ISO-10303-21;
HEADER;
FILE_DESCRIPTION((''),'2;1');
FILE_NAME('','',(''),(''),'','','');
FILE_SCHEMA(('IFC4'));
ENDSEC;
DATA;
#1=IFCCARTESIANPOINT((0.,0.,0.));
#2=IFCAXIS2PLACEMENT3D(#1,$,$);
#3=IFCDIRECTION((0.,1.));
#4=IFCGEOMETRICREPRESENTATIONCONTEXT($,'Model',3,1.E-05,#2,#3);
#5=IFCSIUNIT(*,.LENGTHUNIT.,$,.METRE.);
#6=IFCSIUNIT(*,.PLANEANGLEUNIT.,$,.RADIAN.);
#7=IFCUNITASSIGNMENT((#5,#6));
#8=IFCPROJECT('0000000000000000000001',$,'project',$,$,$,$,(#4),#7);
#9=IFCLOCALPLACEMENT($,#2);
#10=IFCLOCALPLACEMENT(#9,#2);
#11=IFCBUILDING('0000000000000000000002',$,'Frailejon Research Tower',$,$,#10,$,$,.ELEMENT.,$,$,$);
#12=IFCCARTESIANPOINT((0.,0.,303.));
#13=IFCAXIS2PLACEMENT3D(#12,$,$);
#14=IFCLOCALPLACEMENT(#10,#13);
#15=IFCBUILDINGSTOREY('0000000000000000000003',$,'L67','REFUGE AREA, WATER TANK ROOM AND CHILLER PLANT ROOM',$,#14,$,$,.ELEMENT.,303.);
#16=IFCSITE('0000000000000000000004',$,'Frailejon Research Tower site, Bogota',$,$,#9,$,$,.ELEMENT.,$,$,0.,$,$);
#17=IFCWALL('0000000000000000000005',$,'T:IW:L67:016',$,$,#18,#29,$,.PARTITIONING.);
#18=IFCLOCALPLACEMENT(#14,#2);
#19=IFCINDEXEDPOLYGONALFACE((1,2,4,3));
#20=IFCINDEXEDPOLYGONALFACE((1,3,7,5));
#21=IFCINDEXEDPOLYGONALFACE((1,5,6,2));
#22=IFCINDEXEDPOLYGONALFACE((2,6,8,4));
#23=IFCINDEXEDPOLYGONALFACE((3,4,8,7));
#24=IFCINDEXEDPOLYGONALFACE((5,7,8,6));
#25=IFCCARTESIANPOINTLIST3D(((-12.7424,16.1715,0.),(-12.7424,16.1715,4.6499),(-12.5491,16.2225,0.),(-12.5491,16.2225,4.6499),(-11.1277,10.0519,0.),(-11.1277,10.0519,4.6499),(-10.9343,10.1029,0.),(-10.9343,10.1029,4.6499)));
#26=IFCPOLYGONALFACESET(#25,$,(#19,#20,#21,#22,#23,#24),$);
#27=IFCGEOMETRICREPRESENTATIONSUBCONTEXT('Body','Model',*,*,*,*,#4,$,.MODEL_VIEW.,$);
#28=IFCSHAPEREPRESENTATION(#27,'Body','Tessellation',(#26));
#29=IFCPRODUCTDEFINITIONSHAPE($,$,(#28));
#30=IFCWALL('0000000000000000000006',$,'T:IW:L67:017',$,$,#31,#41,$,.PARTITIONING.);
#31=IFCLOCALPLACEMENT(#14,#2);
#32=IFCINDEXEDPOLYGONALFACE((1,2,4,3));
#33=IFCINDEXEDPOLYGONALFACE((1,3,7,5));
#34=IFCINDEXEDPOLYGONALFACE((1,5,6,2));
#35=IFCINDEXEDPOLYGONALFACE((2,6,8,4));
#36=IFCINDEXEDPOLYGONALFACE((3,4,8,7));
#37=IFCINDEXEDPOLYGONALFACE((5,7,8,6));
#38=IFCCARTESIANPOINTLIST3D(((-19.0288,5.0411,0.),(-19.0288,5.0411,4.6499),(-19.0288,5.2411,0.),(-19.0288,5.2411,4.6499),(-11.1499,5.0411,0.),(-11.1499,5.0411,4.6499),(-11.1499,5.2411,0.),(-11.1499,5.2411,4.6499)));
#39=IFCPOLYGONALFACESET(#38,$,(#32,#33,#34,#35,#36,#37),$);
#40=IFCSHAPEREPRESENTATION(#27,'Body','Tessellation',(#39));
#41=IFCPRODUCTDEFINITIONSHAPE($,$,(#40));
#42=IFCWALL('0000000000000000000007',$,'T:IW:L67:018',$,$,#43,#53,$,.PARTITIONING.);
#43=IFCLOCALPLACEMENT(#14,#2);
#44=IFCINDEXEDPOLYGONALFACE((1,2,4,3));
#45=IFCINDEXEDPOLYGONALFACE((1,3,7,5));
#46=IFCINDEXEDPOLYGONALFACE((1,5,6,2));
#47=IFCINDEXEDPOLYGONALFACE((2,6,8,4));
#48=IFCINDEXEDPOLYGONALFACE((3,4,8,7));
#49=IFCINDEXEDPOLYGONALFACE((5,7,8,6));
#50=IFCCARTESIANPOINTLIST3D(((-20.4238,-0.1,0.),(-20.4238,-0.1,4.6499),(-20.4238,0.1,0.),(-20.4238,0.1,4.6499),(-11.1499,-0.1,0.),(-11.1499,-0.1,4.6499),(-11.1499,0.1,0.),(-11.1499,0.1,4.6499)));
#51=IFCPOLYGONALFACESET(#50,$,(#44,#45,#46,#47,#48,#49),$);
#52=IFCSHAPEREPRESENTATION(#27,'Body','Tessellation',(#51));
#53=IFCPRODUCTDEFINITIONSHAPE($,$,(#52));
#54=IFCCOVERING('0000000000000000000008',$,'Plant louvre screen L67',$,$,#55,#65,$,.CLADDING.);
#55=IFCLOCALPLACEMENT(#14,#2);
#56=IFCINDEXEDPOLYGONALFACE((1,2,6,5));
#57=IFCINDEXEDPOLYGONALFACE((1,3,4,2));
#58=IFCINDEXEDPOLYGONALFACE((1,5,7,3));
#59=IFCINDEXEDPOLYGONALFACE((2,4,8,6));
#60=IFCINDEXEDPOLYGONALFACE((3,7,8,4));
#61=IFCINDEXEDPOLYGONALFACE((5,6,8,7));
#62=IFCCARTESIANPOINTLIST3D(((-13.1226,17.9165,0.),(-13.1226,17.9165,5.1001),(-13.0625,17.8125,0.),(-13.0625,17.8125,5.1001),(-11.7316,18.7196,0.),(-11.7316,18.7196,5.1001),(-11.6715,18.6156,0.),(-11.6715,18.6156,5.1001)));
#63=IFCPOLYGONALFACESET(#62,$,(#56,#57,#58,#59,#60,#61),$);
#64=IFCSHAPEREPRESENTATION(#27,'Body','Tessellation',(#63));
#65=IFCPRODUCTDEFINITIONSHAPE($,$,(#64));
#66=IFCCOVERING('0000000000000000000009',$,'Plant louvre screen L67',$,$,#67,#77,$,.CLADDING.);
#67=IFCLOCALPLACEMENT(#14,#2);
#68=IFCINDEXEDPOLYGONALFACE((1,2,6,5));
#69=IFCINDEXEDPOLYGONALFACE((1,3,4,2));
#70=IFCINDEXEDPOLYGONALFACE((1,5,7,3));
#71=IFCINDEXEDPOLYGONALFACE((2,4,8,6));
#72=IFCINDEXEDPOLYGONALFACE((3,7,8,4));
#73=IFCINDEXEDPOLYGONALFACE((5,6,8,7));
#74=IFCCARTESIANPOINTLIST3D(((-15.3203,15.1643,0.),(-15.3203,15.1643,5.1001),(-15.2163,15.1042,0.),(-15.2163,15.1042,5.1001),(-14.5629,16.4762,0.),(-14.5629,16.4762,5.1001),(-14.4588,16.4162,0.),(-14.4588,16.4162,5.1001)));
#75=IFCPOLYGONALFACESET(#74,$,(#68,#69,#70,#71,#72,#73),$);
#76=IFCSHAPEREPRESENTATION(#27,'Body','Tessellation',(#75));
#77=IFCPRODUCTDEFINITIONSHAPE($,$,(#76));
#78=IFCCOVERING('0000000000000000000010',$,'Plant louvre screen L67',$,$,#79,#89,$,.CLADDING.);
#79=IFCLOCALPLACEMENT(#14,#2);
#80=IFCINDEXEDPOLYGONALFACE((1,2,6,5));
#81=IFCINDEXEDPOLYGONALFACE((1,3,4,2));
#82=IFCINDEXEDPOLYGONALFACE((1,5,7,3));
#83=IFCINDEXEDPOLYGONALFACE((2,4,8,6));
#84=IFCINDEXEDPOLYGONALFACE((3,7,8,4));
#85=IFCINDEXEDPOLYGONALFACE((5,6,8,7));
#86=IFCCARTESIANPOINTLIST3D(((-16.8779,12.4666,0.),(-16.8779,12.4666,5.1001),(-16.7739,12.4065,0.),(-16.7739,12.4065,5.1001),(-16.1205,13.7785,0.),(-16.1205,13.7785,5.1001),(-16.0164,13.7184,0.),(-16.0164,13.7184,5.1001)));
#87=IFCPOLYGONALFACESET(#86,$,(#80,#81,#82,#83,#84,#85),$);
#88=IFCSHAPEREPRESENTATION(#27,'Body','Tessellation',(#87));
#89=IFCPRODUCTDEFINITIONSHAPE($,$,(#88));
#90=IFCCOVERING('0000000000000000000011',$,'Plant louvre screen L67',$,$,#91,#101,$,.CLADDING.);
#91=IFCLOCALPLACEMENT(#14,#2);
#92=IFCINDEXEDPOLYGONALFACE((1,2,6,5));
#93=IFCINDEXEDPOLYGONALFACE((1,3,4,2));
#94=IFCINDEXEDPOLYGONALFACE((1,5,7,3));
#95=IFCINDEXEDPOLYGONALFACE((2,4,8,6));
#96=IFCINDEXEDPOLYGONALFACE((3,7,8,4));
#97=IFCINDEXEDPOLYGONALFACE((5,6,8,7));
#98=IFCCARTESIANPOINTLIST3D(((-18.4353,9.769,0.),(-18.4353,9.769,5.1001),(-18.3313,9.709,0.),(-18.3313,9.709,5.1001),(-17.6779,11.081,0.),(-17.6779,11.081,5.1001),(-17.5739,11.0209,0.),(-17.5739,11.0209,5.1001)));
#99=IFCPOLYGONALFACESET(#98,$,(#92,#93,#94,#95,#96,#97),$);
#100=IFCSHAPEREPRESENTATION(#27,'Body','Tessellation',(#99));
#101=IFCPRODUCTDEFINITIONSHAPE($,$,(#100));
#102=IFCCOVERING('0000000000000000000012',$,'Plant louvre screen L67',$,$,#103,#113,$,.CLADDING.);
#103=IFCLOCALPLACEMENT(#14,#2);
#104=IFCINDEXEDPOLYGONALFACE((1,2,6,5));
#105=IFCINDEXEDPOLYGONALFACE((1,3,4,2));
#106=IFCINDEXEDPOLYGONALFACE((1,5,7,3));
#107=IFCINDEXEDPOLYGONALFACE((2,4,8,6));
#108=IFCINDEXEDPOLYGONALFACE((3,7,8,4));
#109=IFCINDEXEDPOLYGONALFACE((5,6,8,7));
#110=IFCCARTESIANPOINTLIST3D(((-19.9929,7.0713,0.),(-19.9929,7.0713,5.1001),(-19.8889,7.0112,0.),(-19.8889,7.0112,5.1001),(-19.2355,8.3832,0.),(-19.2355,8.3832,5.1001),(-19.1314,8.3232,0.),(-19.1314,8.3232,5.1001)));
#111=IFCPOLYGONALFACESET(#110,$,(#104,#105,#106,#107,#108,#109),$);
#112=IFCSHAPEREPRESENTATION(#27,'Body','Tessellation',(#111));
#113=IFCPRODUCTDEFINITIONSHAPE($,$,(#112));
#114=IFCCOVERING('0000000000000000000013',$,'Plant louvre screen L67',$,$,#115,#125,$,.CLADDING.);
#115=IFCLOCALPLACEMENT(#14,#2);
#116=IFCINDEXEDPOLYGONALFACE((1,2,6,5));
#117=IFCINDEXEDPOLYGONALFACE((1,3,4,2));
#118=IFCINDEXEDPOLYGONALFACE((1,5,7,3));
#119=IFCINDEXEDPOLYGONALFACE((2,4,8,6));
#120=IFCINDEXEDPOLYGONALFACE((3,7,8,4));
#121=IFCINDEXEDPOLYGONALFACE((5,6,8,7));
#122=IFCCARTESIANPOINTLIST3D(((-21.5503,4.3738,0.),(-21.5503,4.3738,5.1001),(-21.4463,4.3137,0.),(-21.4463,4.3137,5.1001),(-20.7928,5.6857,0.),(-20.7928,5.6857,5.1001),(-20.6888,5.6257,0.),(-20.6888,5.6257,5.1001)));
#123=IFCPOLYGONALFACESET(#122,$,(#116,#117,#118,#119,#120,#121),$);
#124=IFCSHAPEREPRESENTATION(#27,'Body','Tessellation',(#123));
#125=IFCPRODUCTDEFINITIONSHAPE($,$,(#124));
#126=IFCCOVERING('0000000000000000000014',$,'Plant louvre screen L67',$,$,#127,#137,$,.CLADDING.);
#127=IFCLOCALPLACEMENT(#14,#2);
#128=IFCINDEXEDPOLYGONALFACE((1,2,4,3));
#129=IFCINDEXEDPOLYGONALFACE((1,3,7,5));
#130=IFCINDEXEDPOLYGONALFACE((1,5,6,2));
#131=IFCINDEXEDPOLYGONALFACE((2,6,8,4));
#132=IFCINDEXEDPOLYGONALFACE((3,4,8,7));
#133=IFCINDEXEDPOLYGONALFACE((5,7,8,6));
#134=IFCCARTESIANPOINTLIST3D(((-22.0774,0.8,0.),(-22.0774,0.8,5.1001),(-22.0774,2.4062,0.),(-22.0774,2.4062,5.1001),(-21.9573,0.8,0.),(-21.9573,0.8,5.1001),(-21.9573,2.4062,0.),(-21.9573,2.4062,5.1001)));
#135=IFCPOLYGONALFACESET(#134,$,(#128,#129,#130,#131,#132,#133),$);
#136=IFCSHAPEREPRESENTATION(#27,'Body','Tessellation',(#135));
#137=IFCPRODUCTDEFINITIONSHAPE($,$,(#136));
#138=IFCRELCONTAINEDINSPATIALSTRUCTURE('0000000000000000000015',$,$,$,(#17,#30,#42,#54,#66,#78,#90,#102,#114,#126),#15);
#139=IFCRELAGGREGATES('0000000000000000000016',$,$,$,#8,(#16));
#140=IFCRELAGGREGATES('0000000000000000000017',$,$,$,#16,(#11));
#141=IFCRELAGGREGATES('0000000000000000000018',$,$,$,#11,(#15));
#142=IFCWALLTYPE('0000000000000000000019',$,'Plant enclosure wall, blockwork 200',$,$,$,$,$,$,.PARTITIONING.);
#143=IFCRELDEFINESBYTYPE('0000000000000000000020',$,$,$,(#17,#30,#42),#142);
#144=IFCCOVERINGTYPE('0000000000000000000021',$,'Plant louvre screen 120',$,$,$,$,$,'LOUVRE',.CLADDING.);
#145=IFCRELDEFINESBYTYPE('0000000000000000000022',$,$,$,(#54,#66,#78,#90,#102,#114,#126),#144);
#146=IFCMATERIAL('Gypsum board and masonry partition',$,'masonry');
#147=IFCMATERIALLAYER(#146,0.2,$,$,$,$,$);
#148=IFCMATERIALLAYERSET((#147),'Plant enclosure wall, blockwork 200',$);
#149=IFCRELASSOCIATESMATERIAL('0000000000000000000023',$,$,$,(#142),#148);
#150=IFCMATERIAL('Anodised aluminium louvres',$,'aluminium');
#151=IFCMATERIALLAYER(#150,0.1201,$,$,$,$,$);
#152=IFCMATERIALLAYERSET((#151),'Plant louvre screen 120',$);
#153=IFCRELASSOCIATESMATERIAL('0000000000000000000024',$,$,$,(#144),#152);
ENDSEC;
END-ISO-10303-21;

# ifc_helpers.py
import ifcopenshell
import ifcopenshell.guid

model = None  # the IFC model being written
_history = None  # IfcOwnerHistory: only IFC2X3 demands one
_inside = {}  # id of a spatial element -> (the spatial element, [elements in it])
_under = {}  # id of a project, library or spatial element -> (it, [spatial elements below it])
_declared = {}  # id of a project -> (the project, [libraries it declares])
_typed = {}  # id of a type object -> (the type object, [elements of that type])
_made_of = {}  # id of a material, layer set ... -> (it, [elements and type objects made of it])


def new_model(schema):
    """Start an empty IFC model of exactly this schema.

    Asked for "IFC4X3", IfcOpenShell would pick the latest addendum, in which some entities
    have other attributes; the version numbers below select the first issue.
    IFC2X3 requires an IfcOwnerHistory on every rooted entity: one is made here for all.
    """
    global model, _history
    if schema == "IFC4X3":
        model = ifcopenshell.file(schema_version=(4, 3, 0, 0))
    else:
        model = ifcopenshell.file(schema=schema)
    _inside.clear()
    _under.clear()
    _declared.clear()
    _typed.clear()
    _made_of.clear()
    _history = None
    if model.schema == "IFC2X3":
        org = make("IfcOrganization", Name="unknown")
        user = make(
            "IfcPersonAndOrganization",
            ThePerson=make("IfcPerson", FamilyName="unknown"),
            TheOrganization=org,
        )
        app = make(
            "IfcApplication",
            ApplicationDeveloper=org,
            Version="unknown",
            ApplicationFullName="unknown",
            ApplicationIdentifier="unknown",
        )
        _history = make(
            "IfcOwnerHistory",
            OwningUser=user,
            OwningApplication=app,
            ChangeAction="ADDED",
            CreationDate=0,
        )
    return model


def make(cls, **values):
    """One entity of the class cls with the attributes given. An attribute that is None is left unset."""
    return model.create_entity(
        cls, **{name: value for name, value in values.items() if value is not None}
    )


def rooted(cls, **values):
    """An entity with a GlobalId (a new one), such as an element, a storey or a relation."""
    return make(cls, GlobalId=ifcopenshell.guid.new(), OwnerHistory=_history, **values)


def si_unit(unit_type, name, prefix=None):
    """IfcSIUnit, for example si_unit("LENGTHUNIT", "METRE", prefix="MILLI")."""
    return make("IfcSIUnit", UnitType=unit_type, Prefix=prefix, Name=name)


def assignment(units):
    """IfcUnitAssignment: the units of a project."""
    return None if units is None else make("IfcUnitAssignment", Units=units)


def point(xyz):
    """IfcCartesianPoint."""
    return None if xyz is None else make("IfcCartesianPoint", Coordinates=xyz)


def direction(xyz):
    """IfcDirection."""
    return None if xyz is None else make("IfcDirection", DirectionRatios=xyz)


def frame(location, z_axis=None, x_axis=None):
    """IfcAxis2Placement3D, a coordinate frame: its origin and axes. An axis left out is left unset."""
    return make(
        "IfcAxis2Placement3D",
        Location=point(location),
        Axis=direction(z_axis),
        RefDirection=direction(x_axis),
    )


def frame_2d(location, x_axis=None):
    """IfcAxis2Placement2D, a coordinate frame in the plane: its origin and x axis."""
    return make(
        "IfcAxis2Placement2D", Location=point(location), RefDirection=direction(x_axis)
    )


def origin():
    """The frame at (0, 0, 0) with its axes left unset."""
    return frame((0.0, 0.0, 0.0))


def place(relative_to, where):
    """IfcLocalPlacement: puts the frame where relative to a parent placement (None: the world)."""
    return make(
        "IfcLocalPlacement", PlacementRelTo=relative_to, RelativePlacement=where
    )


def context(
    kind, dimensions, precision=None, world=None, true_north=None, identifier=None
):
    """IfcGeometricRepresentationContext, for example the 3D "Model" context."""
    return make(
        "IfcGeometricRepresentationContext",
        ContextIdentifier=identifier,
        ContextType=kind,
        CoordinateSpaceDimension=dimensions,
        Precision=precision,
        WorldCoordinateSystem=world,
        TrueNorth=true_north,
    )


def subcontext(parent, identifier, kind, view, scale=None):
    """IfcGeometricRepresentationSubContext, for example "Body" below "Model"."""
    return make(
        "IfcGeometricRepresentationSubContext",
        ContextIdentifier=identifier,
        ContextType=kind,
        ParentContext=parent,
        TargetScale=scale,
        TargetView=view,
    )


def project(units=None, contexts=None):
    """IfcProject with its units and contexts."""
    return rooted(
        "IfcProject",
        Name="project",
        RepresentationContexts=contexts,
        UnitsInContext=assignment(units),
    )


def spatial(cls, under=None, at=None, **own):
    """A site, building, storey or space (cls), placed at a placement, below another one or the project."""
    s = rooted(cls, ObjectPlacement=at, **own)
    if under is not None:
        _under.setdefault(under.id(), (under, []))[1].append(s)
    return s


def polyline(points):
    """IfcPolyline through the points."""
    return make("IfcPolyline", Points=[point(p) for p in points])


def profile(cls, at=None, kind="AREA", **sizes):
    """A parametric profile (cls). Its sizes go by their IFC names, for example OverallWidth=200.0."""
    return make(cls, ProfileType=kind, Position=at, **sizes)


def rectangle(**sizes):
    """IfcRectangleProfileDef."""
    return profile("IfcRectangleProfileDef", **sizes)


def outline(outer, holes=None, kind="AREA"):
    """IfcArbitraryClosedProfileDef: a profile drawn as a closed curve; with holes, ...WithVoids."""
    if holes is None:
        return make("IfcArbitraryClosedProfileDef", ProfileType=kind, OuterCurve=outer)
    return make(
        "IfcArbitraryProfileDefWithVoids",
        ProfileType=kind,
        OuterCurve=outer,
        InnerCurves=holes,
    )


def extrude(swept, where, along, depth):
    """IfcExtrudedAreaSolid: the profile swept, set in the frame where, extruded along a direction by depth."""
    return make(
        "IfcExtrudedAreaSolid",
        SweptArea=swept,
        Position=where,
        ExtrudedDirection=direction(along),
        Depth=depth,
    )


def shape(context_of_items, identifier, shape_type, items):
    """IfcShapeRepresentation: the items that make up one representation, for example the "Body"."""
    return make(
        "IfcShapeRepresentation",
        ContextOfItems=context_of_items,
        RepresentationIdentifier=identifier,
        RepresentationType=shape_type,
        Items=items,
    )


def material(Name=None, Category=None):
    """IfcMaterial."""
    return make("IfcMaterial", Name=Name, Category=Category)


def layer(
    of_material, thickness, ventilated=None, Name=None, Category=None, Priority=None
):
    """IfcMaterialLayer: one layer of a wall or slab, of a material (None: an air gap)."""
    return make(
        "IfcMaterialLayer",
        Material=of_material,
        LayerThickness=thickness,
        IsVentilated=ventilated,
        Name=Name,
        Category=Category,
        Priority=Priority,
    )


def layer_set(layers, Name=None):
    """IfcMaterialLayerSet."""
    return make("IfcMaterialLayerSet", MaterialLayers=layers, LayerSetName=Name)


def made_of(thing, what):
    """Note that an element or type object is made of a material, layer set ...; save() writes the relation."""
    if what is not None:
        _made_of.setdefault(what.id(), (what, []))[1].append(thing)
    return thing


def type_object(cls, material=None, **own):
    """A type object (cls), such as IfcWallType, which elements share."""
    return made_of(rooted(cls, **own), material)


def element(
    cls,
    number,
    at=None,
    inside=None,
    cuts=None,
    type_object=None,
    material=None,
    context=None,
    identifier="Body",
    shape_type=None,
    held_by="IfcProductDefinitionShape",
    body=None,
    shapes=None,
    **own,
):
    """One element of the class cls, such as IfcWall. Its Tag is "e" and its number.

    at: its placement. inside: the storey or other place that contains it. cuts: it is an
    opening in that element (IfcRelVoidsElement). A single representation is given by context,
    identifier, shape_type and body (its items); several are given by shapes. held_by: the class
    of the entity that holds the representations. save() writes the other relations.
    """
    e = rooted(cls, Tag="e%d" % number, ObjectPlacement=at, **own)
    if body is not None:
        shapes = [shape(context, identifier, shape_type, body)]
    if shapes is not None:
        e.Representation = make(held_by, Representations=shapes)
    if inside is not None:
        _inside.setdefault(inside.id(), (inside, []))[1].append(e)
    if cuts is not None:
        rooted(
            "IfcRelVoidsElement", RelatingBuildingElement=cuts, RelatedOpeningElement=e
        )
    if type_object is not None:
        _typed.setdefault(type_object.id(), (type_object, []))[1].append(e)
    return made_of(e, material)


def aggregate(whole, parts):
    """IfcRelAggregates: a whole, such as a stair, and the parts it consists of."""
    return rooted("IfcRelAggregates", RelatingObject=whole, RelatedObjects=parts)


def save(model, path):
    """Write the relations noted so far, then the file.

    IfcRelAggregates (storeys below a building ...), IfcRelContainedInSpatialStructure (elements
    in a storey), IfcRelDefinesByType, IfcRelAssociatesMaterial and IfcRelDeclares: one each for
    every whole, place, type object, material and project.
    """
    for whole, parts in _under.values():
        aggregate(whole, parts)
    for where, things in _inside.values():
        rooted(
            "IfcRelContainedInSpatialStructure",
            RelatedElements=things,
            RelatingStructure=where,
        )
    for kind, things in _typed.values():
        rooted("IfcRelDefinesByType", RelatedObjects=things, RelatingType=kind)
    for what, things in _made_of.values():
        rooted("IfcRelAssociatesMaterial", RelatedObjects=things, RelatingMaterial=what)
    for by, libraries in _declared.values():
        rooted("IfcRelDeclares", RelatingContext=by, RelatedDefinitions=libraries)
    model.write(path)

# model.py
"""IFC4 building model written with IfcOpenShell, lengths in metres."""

from ifc_helpers import new_model, si_unit, direction, frame, frame_2d, origin, place, context, subcontext, project, spatial, polyline, rectangle, outline, extrude, material, layer, layer_set, type_object, element, save


model = new_model("IFC4")

# Units and contexts
model_context = context("Model", 3, precision=1e-05, world=origin(), true_north=direction((0.0, 1.0)))
body_context = subcontext(model_context, "Body", "Model", "MODEL_VIEW")
ifc_project = project(units=[si_unit("LENGTHUNIT", "METRE"), si_unit("PLANEANGLEUNIT", "RADIAN")], contexts=[model_context])

# Site, building, storey
site_placement = place(None, origin())
site = spatial("IfcSite", under=ifc_project, at=site_placement, Name="Frailejon Research Tower site, Bogota", CompositionType="ELEMENT", RefElevation=0.0)
building_placement = place(site_placement, origin())
building = spatial("IfcBuilding", under=site, at=building_placement, Name="Frailejon Research Tower", CompositionType="ELEMENT")
storey_placement = place(building_placement, frame((0.0, 0.0, 303.0)))
storey = spatial("IfcBuildingStorey", under=building, at=storey_placement, Name="L67", Description="REFUGE AREA, WATER TANK ROOM AND CHILLER PLANT ROOM", CompositionType="ELEMENT", Elevation=303.0)

# Walls
ifc_material_1 = material(Name="Gypsum board and masonry partition", Category="masonry")
ifc_layer_1 = layer(ifc_material_1, 0.2)
ifc_layer_set_1 = layer_set([ifc_layer_1], Name="Plant enclosure wall, blockwork 200")
wall_type_1 = type_object("IfcWallType", Name="Plant enclosure wall, blockwork 200", PredefinedType="PARTITIONING", material=ifc_layer_set_1)
wall_1_placement = place(storey_placement, frame((-12.6458, 16.197, 0.0), z_axis=(0.0, 0.0, 1.0), x_axis=(0.255131, -0.966906, 0.0)))
element("IfcWall", 1, at=wall_1_placement, inside=storey, type_object=wall_type_1, Name="T:IW:L67:016", PredefinedType="PARTITIONING", context=body_context, shape_type="SweptSolid", body=[
    extrude(rectangle(XDim=6.3291, YDim=0.2, at=frame_2d((3.1646, 0.0))), origin(), (0.0, 0.0, 1.0), 4.6499),
])
wall_2_placement = place(storey_placement, frame((-19.0288, 5.1411, 0.0), z_axis=(0.0, 0.0, 1.0), x_axis=(1.0, 0.0, 0.0)))
element("IfcWall", 2, at=wall_2_placement, inside=storey, type_object=wall_type_1, Name="T:IW:L67:017", PredefinedType="PARTITIONING", context=body_context, shape_type="SweptSolid", body=[
    extrude(rectangle(XDim=7.8789, YDim=0.2, at=frame_2d((3.9395, 0.0))), origin(), (0.0, 0.0, 1.0), 4.6499),
])
wall_3_placement = place(storey_placement, frame((-20.4238, 0.0, 0.0), z_axis=(0.0, 0.0, 1.0), x_axis=(1.0, 0.0, 0.0)))
element("IfcWall", 3, at=wall_3_placement, inside=storey, type_object=wall_type_1, Name="T:IW:L67:018", PredefinedType="PARTITIONING", context=body_context, shape_type="SweptSolid", body=[
    extrude(rectangle(XDim=9.2739, YDim=0.2, at=frame_2d((4.637, 0.0))), origin(), (0.0, 0.0, 1.0), 4.6499),
])

# Coverings
ifc_material_2 = material(Name="Anodised aluminium louvres", Category="aluminium")
ifc_layer_2 = layer(ifc_material_2, 0.1201)
ifc_layer_set_2 = layer_set([ifc_layer_2], Name="Plant louvre screen 120")
covering_type = type_object("IfcCoveringType", Name="Plant louvre screen 120", ElementType="LOUVRE", PredefinedType="CLADDING", material=ifc_layer_set_2)
covering_1_placement = place(storey_placement, frame((-13.1226, 17.9165, 0.0), z_axis=(0.866014, 0.50002, 0.0), x_axis=(-0.50002, 0.866014, 0.0)))
element("IfcCovering", 4, at=covering_1_placement, inside=storey, type_object=covering_type, Name="Plant louvre screen L67", PredefinedType="CLADDING", context=body_context, shape_type="SweptSolid", body=[
    extrude(outline(polyline([(-0.1201, 0.0), (0.0, 0.0), (0.0, 5.1001), (-0.1201, 5.1001), (-0.1201, 0.0)])), origin(), (0.0, 0.0, 1.0), 1.6062),
])
for number, where, z_axis, x_axis, name in (
    (5, (-15.3203, 15.1643, 0.0), (0.499999, 0.866026, 0.0), (-0.866026, 0.499999, 0.0), "Plant louvre screen L67"),
    (6, (-16.8779, 12.4666, 0.0), (0.50001, 0.86602, 0.0), (-0.86602, 0.50001, 0.0), "Plant louvre screen L67"),
    (7, (-18.4353, 9.769, 0.0), (0.499986, 0.866034, 0.0), (-0.866034, 0.499986, 0.0), "Plant louvre screen L67"),
    (8, (-19.9929, 7.0713, 0.0), (0.50001, 0.86602, 0.0), (-0.86602, 0.50001, 0.0), "Plant louvre screen L67"),
    (9, (-21.5503, 4.3738, 0.0), (0.499999, 0.866026, 0.0), (-0.866026, 0.499999, 0.0), "Plant louvre screen L67"),
):
    element("IfcCovering", number, at=place(storey_placement, frame(where, z_axis=z_axis, x_axis=x_axis)), inside=storey, type_object=covering_type, Name=name, PredefinedType="CLADDING", context=body_context, shape_type="SweptSolid", body=[
        extrude(outline(polyline([(-0.1201, 0.0), (0.0, 0.0), (0.0, 5.1001), (-0.1201, 5.1001), (-0.1201, 0.0)])), origin(), (0.0, 0.0, 1.0), 1.5149),
    ])
covering_2_placement = place(storey_placement, frame((-22.0774, 0.8, 0.0), z_axis=(0.0, 1.0, 0.0), x_axis=(-1.0, 0.0, 0.0)))
element("IfcCovering", 10, at=covering_2_placement, inside=storey, type_object=covering_type, Name="Plant louvre screen L67", PredefinedType="CLADDING", context=body_context, shape_type="SweptSolid", body=[
    extrude(outline(polyline([(-0.1201, 0.0), (0.0, 0.0), (0.0, 5.1001), (-0.1201, 5.1001), (-0.1201, 0.0)])), origin(), (0.0, 0.0, 1.0), 1.6062),
])

save(model, "model.ifc")
